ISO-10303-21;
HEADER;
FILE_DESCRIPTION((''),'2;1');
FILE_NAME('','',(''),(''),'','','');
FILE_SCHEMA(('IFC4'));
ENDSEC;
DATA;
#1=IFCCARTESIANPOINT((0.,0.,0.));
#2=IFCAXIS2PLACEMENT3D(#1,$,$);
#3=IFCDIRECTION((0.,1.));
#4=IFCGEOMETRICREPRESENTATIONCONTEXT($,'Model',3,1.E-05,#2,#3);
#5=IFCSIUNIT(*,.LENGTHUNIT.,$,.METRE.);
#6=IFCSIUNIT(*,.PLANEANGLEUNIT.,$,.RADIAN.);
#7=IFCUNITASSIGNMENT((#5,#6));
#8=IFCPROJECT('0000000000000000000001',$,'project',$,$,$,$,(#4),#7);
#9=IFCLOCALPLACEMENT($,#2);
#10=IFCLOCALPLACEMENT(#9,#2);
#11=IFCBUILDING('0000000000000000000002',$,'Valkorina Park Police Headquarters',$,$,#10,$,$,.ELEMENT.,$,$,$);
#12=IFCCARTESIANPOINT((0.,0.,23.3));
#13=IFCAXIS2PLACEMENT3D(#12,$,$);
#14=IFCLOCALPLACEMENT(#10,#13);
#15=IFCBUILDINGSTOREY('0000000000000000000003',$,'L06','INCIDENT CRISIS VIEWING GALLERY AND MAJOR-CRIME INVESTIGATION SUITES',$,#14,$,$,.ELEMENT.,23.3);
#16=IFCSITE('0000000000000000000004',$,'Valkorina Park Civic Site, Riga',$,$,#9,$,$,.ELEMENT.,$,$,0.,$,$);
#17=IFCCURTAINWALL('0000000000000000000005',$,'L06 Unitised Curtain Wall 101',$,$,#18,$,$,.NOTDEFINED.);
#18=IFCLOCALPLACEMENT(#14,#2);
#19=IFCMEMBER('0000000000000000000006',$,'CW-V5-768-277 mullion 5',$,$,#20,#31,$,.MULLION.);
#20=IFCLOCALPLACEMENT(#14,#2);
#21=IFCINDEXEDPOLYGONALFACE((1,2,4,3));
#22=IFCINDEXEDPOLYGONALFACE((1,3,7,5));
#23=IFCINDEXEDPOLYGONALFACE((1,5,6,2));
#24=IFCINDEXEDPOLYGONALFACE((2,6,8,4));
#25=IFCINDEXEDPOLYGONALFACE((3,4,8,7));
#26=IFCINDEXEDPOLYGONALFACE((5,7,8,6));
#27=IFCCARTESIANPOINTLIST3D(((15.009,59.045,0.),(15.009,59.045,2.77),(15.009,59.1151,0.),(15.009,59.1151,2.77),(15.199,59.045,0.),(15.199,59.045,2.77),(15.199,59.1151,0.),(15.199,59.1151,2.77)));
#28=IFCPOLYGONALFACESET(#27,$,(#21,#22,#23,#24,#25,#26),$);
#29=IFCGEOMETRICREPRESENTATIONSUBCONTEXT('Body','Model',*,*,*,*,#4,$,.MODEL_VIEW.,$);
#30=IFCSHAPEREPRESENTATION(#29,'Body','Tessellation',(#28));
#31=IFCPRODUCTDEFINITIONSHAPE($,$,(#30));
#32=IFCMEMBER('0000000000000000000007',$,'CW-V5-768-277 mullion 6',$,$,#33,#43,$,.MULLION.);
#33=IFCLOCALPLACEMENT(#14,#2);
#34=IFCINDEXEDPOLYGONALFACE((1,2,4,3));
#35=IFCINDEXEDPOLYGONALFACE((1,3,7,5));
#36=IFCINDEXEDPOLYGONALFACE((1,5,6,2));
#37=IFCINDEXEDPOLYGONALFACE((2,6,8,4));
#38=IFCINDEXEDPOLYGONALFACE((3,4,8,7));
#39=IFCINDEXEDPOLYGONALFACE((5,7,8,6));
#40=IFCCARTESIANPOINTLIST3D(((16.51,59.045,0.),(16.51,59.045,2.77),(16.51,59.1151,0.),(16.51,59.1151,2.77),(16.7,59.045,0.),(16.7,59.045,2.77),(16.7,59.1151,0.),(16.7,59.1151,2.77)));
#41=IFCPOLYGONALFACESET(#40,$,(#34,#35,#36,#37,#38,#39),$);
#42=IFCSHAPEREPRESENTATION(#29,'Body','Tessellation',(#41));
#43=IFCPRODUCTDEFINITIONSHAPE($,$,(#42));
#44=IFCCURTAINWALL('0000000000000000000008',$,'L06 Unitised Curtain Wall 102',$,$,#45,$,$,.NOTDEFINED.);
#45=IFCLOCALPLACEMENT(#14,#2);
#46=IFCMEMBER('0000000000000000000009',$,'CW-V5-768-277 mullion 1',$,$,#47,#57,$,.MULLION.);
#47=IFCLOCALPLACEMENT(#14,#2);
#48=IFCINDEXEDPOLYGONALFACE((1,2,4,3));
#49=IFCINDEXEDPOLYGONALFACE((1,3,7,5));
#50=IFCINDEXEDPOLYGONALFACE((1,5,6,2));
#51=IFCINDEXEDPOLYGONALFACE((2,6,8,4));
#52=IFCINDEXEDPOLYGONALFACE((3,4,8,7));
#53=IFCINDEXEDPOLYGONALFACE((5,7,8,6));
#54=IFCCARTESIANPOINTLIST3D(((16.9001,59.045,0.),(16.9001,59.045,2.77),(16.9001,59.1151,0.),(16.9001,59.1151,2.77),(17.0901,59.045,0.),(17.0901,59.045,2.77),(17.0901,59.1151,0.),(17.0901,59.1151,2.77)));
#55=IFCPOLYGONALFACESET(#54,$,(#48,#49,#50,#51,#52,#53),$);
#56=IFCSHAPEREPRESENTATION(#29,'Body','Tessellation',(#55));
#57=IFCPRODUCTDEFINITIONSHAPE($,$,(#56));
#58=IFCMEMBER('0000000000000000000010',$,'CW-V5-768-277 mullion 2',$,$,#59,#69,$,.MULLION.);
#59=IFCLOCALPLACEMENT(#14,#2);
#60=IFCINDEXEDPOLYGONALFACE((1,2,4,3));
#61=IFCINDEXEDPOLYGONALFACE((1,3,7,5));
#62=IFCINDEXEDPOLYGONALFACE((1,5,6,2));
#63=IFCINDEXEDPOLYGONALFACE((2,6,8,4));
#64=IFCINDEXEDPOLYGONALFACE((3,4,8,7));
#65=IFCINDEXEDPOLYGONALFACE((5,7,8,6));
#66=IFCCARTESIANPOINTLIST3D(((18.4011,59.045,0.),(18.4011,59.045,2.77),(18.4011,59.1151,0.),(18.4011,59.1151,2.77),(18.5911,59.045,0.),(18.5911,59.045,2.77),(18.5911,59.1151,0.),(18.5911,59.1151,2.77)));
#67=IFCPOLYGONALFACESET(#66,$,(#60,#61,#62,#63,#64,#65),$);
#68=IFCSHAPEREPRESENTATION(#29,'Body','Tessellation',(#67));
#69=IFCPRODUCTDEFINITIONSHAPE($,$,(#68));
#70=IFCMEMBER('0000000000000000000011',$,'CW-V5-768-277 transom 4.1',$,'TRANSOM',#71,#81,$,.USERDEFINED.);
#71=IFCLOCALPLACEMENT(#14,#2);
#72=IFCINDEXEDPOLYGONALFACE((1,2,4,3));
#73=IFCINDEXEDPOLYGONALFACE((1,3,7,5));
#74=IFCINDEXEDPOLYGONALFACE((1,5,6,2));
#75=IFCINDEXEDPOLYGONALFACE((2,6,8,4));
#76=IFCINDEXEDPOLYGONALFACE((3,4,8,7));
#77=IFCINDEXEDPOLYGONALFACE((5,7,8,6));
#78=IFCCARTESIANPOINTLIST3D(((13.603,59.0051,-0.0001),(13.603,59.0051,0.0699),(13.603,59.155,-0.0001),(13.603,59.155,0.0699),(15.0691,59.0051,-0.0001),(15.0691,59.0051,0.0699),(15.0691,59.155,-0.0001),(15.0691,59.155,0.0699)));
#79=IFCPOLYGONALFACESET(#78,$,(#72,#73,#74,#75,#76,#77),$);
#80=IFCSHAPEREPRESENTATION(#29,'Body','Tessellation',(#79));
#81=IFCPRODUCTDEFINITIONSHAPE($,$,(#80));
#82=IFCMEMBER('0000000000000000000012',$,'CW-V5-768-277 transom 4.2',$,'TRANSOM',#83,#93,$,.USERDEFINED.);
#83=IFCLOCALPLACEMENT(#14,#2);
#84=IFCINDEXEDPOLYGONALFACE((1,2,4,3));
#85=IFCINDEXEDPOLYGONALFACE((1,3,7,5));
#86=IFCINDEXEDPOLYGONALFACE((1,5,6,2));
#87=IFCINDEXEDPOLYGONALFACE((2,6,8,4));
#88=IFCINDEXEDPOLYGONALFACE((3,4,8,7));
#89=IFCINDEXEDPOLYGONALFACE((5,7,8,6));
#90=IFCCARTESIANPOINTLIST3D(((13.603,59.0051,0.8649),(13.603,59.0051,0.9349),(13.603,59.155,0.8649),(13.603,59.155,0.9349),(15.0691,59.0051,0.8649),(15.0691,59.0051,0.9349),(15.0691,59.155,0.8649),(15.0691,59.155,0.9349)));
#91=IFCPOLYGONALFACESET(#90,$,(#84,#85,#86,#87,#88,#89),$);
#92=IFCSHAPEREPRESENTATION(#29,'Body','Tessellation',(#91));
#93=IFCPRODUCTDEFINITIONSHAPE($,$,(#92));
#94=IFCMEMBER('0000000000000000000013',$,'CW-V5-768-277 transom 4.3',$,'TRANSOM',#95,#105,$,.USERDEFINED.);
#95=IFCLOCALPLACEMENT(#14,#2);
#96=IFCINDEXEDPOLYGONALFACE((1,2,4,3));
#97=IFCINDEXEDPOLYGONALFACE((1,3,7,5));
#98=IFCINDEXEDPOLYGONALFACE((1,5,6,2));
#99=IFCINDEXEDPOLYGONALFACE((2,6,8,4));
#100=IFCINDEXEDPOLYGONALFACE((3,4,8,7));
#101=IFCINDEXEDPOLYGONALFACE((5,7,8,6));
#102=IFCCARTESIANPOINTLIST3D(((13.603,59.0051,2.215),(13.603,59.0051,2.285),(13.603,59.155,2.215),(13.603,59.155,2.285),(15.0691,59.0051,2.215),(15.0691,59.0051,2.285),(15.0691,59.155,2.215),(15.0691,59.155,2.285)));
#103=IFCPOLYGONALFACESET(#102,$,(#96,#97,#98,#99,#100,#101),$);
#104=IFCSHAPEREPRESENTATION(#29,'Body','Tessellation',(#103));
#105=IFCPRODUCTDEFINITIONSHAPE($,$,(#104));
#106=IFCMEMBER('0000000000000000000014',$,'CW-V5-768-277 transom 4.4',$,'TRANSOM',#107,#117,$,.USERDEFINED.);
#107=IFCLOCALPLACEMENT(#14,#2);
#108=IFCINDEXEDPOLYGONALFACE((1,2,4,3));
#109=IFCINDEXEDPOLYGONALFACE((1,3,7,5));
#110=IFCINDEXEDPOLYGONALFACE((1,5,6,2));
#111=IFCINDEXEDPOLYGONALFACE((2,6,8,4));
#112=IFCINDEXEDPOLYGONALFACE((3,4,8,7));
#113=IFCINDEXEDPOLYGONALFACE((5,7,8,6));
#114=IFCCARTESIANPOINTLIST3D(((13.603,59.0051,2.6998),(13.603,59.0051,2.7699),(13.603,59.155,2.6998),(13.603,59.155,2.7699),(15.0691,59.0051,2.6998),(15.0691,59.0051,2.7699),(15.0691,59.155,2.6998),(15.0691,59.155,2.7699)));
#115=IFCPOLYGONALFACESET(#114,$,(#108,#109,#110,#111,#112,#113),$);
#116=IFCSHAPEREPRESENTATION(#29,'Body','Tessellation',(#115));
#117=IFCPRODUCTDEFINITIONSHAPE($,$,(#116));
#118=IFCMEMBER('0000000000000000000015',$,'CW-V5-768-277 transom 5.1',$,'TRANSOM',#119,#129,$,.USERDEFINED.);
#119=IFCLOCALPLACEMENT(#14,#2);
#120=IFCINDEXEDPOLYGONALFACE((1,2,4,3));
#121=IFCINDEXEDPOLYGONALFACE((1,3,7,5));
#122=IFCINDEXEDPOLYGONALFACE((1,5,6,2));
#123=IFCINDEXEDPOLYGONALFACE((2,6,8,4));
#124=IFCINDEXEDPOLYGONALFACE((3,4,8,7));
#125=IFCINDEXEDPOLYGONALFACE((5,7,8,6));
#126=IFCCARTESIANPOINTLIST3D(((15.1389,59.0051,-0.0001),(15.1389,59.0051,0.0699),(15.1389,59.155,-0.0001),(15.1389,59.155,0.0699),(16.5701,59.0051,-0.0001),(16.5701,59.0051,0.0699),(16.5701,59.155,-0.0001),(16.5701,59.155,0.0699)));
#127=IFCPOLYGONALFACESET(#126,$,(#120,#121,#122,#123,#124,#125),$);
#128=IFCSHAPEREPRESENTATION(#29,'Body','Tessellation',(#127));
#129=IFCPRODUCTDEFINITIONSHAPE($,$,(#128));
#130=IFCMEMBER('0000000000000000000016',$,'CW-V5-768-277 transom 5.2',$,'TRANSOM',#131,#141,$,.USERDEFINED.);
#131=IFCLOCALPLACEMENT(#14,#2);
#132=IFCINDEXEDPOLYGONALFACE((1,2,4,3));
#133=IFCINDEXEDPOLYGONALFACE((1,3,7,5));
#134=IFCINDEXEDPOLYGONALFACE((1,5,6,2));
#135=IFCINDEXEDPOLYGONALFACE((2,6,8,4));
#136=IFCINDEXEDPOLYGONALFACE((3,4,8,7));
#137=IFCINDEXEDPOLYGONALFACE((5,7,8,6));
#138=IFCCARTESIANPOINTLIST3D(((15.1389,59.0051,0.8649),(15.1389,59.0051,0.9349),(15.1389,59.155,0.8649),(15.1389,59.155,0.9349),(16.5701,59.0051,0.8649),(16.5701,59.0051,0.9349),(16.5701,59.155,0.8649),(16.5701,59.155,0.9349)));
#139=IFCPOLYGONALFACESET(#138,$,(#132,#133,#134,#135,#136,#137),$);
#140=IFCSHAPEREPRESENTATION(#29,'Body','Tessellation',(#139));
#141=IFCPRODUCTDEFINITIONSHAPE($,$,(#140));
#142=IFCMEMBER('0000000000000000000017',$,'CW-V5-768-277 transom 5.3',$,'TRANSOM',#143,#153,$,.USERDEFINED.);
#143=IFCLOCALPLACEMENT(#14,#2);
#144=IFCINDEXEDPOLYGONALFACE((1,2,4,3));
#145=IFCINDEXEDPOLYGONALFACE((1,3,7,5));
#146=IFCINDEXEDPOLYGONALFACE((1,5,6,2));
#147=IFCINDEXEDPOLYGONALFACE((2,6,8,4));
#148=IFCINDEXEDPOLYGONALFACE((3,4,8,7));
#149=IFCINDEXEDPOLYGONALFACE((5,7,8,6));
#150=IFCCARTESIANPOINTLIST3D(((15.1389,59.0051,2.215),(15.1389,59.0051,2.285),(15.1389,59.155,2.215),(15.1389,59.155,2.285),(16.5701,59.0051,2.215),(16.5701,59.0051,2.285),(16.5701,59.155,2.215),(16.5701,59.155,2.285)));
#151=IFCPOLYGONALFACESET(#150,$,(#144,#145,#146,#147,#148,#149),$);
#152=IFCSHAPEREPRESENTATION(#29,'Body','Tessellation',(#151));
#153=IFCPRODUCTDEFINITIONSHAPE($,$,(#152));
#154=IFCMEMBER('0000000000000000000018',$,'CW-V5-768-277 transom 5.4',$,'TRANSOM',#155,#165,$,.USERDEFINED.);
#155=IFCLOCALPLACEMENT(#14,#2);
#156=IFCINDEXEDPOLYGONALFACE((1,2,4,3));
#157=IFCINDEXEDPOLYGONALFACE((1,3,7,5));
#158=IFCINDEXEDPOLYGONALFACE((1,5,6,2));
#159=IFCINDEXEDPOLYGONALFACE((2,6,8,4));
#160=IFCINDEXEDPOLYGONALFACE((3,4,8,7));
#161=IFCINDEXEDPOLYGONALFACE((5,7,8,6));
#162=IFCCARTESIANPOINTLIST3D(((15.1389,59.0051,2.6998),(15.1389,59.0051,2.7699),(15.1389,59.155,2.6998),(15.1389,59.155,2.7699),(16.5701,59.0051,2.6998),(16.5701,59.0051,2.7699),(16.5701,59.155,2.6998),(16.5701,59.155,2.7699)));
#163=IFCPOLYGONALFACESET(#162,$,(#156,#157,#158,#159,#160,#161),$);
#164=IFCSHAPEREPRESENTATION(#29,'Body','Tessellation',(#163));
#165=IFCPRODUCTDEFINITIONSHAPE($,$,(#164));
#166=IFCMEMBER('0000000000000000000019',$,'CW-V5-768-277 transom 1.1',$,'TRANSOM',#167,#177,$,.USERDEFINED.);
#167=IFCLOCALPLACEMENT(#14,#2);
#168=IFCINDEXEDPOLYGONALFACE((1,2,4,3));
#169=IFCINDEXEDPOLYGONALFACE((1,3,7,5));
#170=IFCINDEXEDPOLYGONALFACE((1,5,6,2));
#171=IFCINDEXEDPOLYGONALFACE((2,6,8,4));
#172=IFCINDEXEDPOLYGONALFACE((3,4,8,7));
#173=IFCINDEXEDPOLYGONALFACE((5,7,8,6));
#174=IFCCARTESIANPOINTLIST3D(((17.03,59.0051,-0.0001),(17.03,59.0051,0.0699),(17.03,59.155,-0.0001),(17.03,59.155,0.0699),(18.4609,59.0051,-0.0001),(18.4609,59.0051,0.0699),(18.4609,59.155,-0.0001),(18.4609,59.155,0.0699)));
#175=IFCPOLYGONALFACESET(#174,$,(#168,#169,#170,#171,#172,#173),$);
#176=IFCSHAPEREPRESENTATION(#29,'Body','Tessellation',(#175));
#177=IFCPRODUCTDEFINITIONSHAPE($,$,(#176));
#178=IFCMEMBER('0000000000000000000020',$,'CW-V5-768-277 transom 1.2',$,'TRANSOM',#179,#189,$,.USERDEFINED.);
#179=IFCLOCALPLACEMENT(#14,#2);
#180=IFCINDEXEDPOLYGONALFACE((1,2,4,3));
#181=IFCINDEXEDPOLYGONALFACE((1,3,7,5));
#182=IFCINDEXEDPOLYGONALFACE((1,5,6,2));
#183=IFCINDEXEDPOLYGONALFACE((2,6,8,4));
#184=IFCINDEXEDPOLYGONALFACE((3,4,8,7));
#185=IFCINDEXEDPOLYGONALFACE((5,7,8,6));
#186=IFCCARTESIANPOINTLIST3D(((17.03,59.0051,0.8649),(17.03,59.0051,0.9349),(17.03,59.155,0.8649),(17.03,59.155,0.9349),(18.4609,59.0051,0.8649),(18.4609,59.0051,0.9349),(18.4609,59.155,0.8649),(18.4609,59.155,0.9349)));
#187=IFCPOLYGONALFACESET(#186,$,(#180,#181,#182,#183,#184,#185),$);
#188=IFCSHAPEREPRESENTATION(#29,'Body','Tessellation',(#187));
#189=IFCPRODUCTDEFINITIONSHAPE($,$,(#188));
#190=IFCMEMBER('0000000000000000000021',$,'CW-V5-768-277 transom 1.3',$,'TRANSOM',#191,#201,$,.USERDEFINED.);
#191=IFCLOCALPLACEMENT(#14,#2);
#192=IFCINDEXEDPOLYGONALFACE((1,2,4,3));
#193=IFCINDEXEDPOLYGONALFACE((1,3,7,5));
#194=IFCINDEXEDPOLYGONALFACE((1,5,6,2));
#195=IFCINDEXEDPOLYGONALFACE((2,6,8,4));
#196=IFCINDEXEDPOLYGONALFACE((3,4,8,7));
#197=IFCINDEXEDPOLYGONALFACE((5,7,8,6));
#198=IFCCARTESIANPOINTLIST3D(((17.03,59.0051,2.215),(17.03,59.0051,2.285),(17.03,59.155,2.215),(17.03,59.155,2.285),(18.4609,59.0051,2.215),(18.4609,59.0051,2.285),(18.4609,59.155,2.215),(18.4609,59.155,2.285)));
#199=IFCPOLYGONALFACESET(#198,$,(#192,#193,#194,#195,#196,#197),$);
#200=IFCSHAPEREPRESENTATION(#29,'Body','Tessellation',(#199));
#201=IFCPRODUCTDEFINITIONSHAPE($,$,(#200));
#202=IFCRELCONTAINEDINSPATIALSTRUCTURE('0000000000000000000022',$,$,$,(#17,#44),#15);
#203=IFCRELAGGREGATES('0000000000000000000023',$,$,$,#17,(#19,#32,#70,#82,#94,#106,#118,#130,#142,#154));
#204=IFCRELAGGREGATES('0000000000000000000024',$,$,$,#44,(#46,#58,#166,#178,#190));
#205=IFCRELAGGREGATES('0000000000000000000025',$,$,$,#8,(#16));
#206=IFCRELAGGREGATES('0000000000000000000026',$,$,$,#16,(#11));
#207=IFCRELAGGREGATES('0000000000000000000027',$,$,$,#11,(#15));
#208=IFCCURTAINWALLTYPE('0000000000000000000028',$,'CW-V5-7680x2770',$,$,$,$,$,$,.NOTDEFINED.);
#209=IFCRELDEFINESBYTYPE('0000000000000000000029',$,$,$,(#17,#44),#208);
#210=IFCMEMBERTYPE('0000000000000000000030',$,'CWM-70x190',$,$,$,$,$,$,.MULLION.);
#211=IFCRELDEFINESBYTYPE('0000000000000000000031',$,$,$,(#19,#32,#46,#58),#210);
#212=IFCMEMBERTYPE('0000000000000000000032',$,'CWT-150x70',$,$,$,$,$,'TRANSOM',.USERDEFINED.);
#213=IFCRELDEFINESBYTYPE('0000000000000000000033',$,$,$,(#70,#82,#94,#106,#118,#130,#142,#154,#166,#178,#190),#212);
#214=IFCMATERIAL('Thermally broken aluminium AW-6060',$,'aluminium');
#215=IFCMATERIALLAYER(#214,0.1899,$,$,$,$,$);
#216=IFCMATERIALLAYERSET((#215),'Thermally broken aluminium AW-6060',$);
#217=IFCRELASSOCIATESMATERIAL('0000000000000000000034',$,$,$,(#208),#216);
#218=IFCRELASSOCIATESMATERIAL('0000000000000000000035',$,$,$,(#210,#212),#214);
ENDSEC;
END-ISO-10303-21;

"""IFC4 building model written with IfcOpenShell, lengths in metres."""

from ifc_helpers import new_model, si_unit, direction, frame, origin, origin_2d, place, context, subcontext, project, spatial, rectangle, extrude, material, layer, layer_set, material_profile, profile_set, type_object, element, aggregate, save


model = new_model("IFC4")

# Units and contexts
model_context = context("Model", 3, precision=1e-05, world=origin(), true_north=direction((0.0, 1.0)))
body_context = subcontext(model_context, "Body", "Model", "MODEL_VIEW")
ifc_project = project(units=[si_unit("LENGTHUNIT", "METRE"), si_unit("PLANEANGLEUNIT", "RADIAN")], contexts=[model_context])

# Site, building, storey
site_placement = place(None, origin())
site = spatial("IfcSite", under=ifc_project, at=site_placement, Name="Valkorina Park Civic Site, Riga", CompositionType="ELEMENT", RefElevation=0.0)
building_placement = place(site_placement, origin())
building = spatial("IfcBuilding", under=site, at=building_placement, Name="Valkorina Park Police Headquarters", CompositionType="ELEMENT")
storey_placement = place(building_placement, frame((0.0, 0.0, 23.3)))
storey = spatial("IfcBuildingStorey", under=building, at=storey_placement, Name="L06", Description="INCIDENT CRISIS VIEWING GALLERY AND MAJOR-CRIME INVESTIGATION SUITES", CompositionType="ELEMENT", Elevation=23.3)

# Curtain walls, members
ifc_material_1 = material(Name="Thermally broken aluminium AW-6060", Category="aluminium")
ifc_layer_1 = layer(ifc_material_1, 0.1899)
ifc_layer_set_1 = layer_set([ifc_layer_1], Name="Thermally broken aluminium AW-6060")
curtain_wall_type = type_object("IfcCurtainWallType", Name="CW-V5-7680x2770", PredefinedType="NOTDEFINED", material=ifc_layer_set_1)
curtain_wall_1_placement = place(storey_placement, origin())
curtain_wall_1 = element("IfcCurtainWall", 1, at=curtain_wall_1_placement, inside=storey, type_object=curtain_wall_type, Name="L06 Unitised Curtain Wall 101", PredefinedType="NOTDEFINED")
ifc_material_profile_1 = material_profile(ifc_material_1, rectangle(XDim=0.0701, YDim=0.1899, at=origin_2d()), Name="CWM-02 70x190")
ifc_profile_set_1 = profile_set([ifc_material_profile_1], Name="Thermally broken aluminium AW-6060")
member_type_1 = type_object("IfcMemberType", Name="CWM-70x190", PredefinedType="MULLION", material=ifc_profile_set_1)
member_1_placement = place(storey_placement, frame((15.104, 59.0801, 0.0), z_axis=(0.0, 0.0, 1.0), x_axis=(0.0, 1.0, 0.0)))
member_1 = element("IfcMember", 2, at=member_1_placement, type_object=member_type_1, Name="CW-V5-768-277 mullion 5", PredefinedType="MULLION", context=body_context, shape_type="SweptSolid", body=[
    extrude(rectangle(XDim=0.0701, YDim=0.1899, at=origin_2d()), origin(), (0.0, 0.0, 1.0), 2.77),
])
member_2_placement = place(storey_placement, frame((16.605, 59.0801, 0.0), z_axis=(0.0, 0.0, 1.0), x_axis=(0.0, 1.0, 0.0)))
member_2 = element("IfcMember", 3, at=member_2_placement, type_object=member_type_1, Name="CW-V5-768-277 mullion 6", PredefinedType="MULLION", context=body_context, shape_type="SweptSolid", body=[
    extrude(rectangle(XDim=0.0701, YDim=0.1899, at=origin_2d()), origin(), (0.0, 0.0, 1.0), 2.77),
])
curtain_wall_2_placement = place(storey_placement, origin())
curtain_wall_2 = element("IfcCurtainWall", 4, at=curtain_wall_2_placement, inside=storey, type_object=curtain_wall_type, Name="L06 Unitised Curtain Wall 102", PredefinedType="NOTDEFINED")
member_3_placement = place(storey_placement, frame((16.9951, 59.0801, 0.0), z_axis=(0.0, 0.0, 1.0), x_axis=(0.0, 1.0, 0.0)))
member_3 = element("IfcMember", 5, at=member_3_placement, type_object=member_type_1, Name="CW-V5-768-277 mullion 1", PredefinedType="MULLION", context=body_context, shape_type="SweptSolid", body=[
    extrude(rectangle(XDim=0.0701, YDim=0.1899, at=origin_2d()), origin(), (0.0, 0.0, 1.0), 2.77),
])
member_4_placement = place(storey_placement, frame((18.4961, 59.0801, 0.0), z_axis=(0.0, 0.0, 1.0), x_axis=(0.0, 1.0, 0.0)))
member_4 = element("IfcMember", 6, at=member_4_placement, type_object=member_type_1, Name="CW-V5-768-277 mullion 2", PredefinedType="MULLION", context=body_context, shape_type="SweptSolid", body=[
    extrude(rectangle(XDim=0.0701, YDim=0.1899, at=origin_2d()), origin(), (0.0, 0.0, 1.0), 2.77),
])

# Members
ifc_material_profile_2 = material_profile(ifc_material_1, rectangle(XDim=0.1499, YDim=0.0701, at=origin_2d()), Name="CWT-02 150x70")
ifc_profile_set_2 = profile_set([ifc_material_profile_2], Name="Thermally broken aluminium AW-6060")
member_type_2 = type_object("IfcMemberType", Name="CWT-150x70", ElementType="TRANSOM", PredefinedType="USERDEFINED", material=ifc_profile_set_2)
member_5_placement = place(storey_placement, frame((13.603, 59.0801, 0.0349), z_axis=(1.0, 0.0, 0.0), x_axis=(0.0, 1.0, 0.0)))
member_5 = element("IfcMember", 7, at=member_5_placement, type_object=member_type_2, Name="CW-V5-768-277 transom 4.1", ObjectType="TRANSOM", PredefinedType="USERDEFINED", context=body_context, shape_type="SweptSolid", body=[
    extrude(rectangle(XDim=0.1499, YDim=0.0701, at=origin_2d()), origin(), (0.0, 0.0, 1.0), 1.4661),
])
member_6_placement = place(storey_placement, frame((13.603, 59.0801, 0.8999), z_axis=(1.0, 0.0, 0.0), x_axis=(0.0, 1.0, 0.0)))
member_6 = element("IfcMember", 8, at=member_6_placement, type_object=member_type_2, Name="CW-V5-768-277 transom 4.2", ObjectType="TRANSOM", PredefinedType="USERDEFINED", context=body_context, shape_type="SweptSolid", body=[
    extrude(rectangle(XDim=0.1499, YDim=0.0701, at=origin_2d()), origin(), (0.0, 0.0, 1.0), 1.4661),
])
member_7_placement = place(storey_placement, frame((13.603, 59.0801, 2.25), z_axis=(1.0, 0.0, 0.0), x_axis=(0.0, 1.0, 0.0)))
member_7 = element("IfcMember", 9, at=member_7_placement, type_object=member_type_2, Name="CW-V5-768-277 transom 4.3", ObjectType="TRANSOM", PredefinedType="USERDEFINED", context=body_context, shape_type="SweptSolid", body=[
    extrude(rectangle(XDim=0.1499, YDim=0.0701, at=origin_2d()), origin(), (0.0, 0.0, 1.0), 1.4661),
])
member_8_placement = place(storey_placement, frame((13.603, 59.0801, 2.7349), z_axis=(1.0, 0.0, 0.0), x_axis=(0.0, 1.0, 0.0)))
member_8 = element("IfcMember", 10, at=member_8_placement, type_object=member_type_2, Name="CW-V5-768-277 transom 4.4", ObjectType="TRANSOM", PredefinedType="USERDEFINED", context=body_context, shape_type="SweptSolid", body=[
    extrude(rectangle(XDim=0.1499, YDim=0.0701, at=origin_2d()), origin(), (0.0, 0.0, 1.0), 1.4661),
])
member_9_placement = place(storey_placement, frame((15.1389, 59.0801, 0.0349), z_axis=(1.0, 0.0, 0.0), x_axis=(0.0, 1.0, 0.0)))
member_9 = element("IfcMember", 11, at=member_9_placement, type_object=member_type_2, Name="CW-V5-768-277 transom 5.1", ObjectType="TRANSOM", PredefinedType="USERDEFINED", context=body_context, shape_type="SweptSolid", body=[
    extrude(rectangle(XDim=0.1499, YDim=0.0701, at=origin_2d()), origin(), (0.0, 0.0, 1.0), 1.4312),
])
member_10_placement = place(storey_placement, frame((15.1389, 59.0801, 0.8999), z_axis=(1.0, 0.0, 0.0), x_axis=(0.0, 1.0, 0.0)))
member_10 = element("IfcMember", 12, at=member_10_placement, type_object=member_type_2, Name="CW-V5-768-277 transom 5.2", ObjectType="TRANSOM", PredefinedType="USERDEFINED", context=body_context, shape_type="SweptSolid", body=[
    extrude(rectangle(XDim=0.1499, YDim=0.0701, at=origin_2d()), origin(), (0.0, 0.0, 1.0), 1.4312),
])
member_11_placement = place(storey_placement, frame((15.1389, 59.0801, 2.25), z_axis=(1.0, 0.0, 0.0), x_axis=(0.0, 1.0, 0.0)))
member_11 = element("IfcMember", 13, at=member_11_placement, type_object=member_type_2, Name="CW-V5-768-277 transom 5.3", ObjectType="TRANSOM", PredefinedType="USERDEFINED", context=body_context, shape_type="SweptSolid", body=[
    extrude(rectangle(XDim=0.1499, YDim=0.0701, at=origin_2d()), origin(), (0.0, 0.0, 1.0), 1.4312),
])
member_12_placement = place(storey_placement, frame((15.1389, 59.0801, 2.7349), z_axis=(1.0, 0.0, 0.0), x_axis=(0.0, 1.0, 0.0)))
member_12 = element("IfcMember", 14, at=member_12_placement, type_object=member_type_2, Name="CW-V5-768-277 transom 5.4", ObjectType="TRANSOM", PredefinedType="USERDEFINED", context=body_context, shape_type="SweptSolid", body=[
    extrude(rectangle(XDim=0.1499, YDim=0.0701, at=origin_2d()), origin(), (0.0, 0.0, 1.0), 1.4312),
])
member_13_placement = place(storey_placement, frame((17.03, 59.0801, 0.0349), z_axis=(1.0, 0.0, 0.0), x_axis=(0.0, 1.0, 0.0)))
member_13 = element("IfcMember", 15, at=member_13_placement, type_object=member_type_2, Name="CW-V5-768-277 transom 1.1", ObjectType="TRANSOM", PredefinedType="USERDEFINED", context=body_context, shape_type="SweptSolid", body=[
    extrude(rectangle(XDim=0.1499, YDim=0.0701, at=origin_2d()), origin(), (0.0, 0.0, 1.0), 1.4309),
])
member_14_placement = place(storey_placement, frame((17.03, 59.0801, 0.8999), z_axis=(1.0, 0.0, 0.0), x_axis=(0.0, 1.0, 0.0)))
member_14 = element("IfcMember", 16, at=member_14_placement, type_object=member_type_2, Name="CW-V5-768-277 transom 1.2", ObjectType="TRANSOM", PredefinedType="USERDEFINED", context=body_context, shape_type="SweptSolid", body=[
    extrude(rectangle(XDim=0.1499, YDim=0.0701, at=origin_2d()), origin(), (0.0, 0.0, 1.0), 1.4309),
])
member_15_placement = place(storey_placement, frame((17.03, 59.0801, 2.25), z_axis=(1.0, 0.0, 0.0), x_axis=(0.0, 1.0, 0.0)))
member_15 = element("IfcMember", 17, at=member_15_placement, type_object=member_type_2, Name="CW-V5-768-277 transom 1.3", ObjectType="TRANSOM", PredefinedType="USERDEFINED", context=body_context, shape_type="SweptSolid", body=[
    extrude(rectangle(XDim=0.1499, YDim=0.0701, at=origin_2d()), origin(), (0.0, 0.0, 1.0), 1.4309),
])

aggregate(curtain_wall_1, [member_1, member_2, member_5, member_6, member_7, member_8, member_9, member_10, member_11, member_12])
aggregate(curtain_wall_2, [member_3, member_4, member_13, member_14, member_15])

save(model, "model.ifc")
